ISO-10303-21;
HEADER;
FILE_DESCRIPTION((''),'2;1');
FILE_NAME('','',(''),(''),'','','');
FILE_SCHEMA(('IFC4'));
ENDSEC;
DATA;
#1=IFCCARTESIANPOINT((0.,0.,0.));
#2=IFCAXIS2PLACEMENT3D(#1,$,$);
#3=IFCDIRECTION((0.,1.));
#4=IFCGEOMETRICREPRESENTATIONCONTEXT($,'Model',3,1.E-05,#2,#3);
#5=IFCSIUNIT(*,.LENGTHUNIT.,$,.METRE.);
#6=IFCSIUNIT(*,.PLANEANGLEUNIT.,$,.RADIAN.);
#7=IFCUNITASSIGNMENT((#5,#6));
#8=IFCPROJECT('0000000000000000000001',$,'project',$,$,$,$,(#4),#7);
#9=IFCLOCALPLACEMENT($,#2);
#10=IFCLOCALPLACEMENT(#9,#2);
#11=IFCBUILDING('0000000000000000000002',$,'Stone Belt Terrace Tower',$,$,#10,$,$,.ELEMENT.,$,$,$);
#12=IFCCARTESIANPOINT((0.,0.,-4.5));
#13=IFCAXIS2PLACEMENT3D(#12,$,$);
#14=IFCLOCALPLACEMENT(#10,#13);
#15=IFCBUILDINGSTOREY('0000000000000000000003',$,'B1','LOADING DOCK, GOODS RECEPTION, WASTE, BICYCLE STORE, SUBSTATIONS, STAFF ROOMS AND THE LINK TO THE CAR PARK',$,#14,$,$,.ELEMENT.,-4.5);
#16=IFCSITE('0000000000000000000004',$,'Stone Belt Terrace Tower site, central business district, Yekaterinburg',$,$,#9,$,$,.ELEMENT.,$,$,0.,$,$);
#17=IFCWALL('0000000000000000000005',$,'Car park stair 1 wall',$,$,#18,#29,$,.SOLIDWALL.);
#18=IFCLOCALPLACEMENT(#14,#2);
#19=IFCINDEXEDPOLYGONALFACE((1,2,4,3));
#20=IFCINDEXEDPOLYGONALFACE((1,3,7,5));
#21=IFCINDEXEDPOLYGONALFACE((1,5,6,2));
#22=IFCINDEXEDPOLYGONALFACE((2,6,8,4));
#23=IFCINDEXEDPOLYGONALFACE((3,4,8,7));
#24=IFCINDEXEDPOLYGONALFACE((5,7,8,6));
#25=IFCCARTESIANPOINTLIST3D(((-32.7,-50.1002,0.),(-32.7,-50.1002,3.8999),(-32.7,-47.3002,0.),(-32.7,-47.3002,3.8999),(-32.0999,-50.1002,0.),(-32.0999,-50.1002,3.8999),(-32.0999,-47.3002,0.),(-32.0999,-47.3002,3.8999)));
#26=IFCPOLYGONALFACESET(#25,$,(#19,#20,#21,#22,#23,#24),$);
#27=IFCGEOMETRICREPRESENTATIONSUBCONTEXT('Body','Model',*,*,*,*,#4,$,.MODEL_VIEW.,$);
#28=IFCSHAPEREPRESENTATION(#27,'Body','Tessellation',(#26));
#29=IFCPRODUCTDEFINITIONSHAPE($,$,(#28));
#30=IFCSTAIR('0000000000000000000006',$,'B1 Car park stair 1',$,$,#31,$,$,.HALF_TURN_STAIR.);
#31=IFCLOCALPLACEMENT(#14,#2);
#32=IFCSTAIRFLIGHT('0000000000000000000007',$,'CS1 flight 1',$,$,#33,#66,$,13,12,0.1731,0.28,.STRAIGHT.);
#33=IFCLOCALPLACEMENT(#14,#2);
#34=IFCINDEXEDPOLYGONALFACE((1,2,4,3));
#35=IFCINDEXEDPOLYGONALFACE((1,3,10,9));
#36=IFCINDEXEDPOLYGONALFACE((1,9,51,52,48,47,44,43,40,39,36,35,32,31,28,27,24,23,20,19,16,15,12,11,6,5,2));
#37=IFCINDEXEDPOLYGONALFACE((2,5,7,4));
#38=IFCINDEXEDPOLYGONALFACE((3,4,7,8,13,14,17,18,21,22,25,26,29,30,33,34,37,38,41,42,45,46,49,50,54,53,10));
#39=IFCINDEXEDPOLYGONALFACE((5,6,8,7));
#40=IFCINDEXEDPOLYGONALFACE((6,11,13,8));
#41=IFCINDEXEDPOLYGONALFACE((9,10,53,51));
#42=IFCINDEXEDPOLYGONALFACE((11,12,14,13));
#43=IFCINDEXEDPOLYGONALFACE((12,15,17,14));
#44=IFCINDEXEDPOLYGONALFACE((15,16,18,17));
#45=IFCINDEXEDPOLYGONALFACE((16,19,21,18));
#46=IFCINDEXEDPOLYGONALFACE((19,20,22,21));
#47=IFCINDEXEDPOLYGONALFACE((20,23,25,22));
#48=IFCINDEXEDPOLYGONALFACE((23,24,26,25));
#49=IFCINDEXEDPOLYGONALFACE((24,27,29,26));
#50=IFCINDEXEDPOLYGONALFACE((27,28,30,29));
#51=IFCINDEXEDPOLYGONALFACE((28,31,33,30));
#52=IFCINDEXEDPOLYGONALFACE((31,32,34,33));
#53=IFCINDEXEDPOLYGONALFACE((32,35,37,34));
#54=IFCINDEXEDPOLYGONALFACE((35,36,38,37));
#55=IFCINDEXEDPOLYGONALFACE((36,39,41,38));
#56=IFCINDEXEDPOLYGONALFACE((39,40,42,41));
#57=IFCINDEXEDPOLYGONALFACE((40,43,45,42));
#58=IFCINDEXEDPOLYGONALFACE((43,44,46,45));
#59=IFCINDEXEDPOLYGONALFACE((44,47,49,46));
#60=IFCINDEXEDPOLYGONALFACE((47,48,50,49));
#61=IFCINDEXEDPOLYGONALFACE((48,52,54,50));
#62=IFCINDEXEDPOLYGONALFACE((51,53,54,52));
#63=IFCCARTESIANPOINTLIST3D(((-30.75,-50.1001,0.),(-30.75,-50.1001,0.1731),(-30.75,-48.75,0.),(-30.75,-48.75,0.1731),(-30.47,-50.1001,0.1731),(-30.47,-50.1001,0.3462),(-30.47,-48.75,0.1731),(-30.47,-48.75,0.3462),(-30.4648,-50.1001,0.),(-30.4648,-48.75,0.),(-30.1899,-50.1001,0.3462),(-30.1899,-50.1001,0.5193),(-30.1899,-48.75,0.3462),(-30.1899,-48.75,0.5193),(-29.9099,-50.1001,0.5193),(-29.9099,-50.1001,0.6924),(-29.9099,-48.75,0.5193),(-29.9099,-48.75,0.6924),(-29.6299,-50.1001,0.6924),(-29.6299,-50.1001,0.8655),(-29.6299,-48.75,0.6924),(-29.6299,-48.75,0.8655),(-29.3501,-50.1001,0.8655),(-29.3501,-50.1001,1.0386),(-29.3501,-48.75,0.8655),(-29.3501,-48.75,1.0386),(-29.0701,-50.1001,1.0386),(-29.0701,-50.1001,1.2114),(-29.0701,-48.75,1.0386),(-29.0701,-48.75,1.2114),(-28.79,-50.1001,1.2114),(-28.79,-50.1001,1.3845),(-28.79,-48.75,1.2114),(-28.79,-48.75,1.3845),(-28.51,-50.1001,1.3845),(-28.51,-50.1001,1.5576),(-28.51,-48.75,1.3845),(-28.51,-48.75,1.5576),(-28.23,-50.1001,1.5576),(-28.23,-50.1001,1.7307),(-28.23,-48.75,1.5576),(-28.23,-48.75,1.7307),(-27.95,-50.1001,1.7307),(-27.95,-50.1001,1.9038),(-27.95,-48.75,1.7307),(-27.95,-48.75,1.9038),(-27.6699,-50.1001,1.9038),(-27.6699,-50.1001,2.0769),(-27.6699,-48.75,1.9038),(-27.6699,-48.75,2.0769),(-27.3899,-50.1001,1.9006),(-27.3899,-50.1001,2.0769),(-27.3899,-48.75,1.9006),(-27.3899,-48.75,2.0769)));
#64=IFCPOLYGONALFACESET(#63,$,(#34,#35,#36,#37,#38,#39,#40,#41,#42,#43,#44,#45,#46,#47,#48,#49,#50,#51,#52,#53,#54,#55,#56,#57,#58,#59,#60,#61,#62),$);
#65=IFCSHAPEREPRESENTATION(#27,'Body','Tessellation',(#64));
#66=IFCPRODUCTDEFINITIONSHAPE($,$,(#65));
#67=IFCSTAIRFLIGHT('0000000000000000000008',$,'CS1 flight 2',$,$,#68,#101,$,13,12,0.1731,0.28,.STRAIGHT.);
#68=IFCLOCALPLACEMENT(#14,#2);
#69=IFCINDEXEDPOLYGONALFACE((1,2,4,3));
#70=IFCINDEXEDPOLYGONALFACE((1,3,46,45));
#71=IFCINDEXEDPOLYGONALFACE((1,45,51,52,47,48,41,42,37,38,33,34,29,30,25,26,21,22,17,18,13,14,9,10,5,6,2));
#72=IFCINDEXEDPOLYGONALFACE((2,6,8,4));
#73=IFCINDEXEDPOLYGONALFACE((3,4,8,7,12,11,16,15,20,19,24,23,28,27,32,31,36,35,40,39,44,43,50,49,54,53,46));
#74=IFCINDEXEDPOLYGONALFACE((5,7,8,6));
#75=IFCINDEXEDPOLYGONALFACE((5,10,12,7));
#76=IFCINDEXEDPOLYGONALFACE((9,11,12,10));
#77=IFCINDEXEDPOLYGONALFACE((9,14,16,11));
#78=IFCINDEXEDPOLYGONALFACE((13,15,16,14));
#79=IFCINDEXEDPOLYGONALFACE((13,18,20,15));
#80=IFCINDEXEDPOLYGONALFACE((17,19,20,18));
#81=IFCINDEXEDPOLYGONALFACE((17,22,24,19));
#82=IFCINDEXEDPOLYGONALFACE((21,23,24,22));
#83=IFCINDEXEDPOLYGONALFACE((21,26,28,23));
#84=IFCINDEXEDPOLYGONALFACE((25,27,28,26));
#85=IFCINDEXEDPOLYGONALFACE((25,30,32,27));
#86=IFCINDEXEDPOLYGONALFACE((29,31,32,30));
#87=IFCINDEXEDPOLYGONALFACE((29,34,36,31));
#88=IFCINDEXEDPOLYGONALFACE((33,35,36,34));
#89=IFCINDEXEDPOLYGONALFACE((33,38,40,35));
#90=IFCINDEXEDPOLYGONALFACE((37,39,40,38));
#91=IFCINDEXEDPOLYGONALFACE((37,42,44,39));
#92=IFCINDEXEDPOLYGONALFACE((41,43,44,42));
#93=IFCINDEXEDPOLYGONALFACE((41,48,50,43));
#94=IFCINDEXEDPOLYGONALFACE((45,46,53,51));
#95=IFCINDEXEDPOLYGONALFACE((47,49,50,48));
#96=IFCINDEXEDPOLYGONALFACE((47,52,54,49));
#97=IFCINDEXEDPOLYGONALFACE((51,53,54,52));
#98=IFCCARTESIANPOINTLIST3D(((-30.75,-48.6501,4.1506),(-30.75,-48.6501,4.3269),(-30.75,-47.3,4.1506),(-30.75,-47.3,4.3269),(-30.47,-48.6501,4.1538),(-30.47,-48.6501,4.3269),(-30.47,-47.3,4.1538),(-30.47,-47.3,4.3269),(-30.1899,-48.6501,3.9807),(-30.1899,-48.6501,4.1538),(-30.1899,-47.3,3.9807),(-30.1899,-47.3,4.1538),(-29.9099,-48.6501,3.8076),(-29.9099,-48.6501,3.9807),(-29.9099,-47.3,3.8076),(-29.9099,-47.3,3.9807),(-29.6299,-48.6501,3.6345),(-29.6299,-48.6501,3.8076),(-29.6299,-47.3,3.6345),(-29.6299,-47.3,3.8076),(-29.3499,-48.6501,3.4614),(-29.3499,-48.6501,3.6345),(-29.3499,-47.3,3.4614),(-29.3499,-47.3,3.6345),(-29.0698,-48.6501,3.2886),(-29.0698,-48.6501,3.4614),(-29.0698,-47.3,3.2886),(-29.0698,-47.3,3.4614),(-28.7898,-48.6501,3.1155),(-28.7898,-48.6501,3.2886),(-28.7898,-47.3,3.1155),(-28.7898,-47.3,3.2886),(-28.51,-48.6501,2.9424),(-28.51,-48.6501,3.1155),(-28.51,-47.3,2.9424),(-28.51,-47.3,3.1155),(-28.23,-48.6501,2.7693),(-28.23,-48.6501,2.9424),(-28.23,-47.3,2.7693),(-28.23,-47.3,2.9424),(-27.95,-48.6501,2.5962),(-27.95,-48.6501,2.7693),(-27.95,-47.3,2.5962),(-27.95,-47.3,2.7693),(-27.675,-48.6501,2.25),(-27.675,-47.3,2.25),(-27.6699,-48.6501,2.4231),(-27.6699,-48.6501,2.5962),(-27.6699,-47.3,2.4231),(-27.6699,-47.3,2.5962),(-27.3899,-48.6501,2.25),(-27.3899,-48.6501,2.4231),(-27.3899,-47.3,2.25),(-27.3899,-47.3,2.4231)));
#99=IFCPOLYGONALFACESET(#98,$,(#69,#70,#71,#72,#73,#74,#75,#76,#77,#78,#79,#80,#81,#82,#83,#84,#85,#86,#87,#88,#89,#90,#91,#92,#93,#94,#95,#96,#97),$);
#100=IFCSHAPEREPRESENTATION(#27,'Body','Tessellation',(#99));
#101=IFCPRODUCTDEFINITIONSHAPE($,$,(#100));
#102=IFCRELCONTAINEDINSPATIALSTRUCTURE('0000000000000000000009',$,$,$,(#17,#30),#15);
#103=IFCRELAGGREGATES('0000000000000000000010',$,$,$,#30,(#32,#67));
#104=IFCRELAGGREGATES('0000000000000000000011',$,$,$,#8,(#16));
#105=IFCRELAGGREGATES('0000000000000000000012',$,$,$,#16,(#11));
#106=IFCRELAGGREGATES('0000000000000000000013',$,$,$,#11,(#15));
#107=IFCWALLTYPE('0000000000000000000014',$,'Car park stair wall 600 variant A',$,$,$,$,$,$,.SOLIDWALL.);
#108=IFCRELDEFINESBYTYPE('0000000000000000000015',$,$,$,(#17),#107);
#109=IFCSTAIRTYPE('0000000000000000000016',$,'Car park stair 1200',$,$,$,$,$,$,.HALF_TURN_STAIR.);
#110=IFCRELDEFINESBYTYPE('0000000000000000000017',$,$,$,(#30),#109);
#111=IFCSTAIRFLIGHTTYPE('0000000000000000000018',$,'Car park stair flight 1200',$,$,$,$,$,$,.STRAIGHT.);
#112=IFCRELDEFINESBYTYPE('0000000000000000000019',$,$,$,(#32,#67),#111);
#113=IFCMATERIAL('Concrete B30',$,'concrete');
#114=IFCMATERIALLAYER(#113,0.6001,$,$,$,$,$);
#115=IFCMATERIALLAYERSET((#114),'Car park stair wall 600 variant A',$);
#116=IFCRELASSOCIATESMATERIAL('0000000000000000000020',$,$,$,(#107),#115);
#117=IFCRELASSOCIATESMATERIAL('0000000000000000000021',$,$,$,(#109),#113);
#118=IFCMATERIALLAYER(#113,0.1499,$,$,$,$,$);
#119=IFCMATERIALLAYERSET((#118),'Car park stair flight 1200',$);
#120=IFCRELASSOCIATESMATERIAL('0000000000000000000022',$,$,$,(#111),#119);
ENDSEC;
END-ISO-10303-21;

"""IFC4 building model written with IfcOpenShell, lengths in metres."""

from ifc_helpers import new_model, si_unit, direction, frame, frame_2d, origin, place, context, subcontext, project, spatial, polyline, rectangle, outline, extrude, material, layer, layer_set, type_object, element, aggregate, save


model = new_model("IFC4")

# Units and contexts
model_context = context("Model", 3, precision=1e-05, world=origin(), true_north=direction((0.0, 1.0)))
body_context = subcontext(model_context, "Body", "Model", "MODEL_VIEW")
ifc_project = project(units=[si_unit("LENGTHUNIT", "METRE"), si_unit("PLANEANGLEUNIT", "RADIAN")], contexts=[model_context])

# Site, building, storey
site_placement = place(None, origin())
site = spatial("IfcSite", under=ifc_project, at=site_placement, Name="Stone Belt Terrace Tower site, central business district, Yekaterinburg", CompositionType="ELEMENT", RefElevation=0.0)
building_placement = place(site_placement, origin())
building = spatial("IfcBuilding", under=site, at=building_placement, Name="Stone Belt Terrace Tower", CompositionType="ELEMENT")
storey_placement = place(building_placement, frame((0.0, 0.0, -4.5)))
storey = spatial("IfcBuildingStorey", under=building, at=storey_placement, Name="B1", Description="LOADING DOCK, GOODS RECEPTION, WASTE, BICYCLE STORE, SUBSTATIONS, STAFF ROOMS AND THE LINK TO THE CAR PARK", CompositionType="ELEMENT", Elevation=-4.5)

# Shared definitions
ifc_material_1 = material(Name="Concrete B30", Category="concrete")

# Wall
ifc_layer_1 = layer(ifc_material_1, 0.6001)
ifc_layer_set_1 = layer_set([ifc_layer_1], Name="Car park stair wall 600 variant A")
wall_type_1 = type_object("IfcWallType", Name="Car park stair wall 600 variant A", PredefinedType="SOLIDWALL", material=ifc_layer_set_1)
wall_1_placement = place(storey_placement, frame((-32.3999, -50.1001, 0.0), z_axis=(0.0, 0.0, 1.0), x_axis=(0.0, 1.0, 0.0)))
element("IfcWall", 1, at=wall_1_placement, inside=storey, type_object=wall_type_1, Name="Car park stair 1 wall", PredefinedType="SOLIDWALL", context=body_context, shape_type="SweptSolid", body=[
    extrude(rectangle(XDim=2.8, YDim=0.6001, at=frame_2d((1.3999, 0.0))), origin(), (0.0, 0.0, 1.0), 3.8999),
])

# Stair, stair flights
stair_type = type_object("IfcStairType", Name="Car park stair 1200", PredefinedType="HALF_TURN_STAIR", material=ifc_material_1)
stair_placement = place(storey_placement, origin())
stair = element("IfcStair", 2, at=stair_placement, inside=storey, type_object=stair_type, Name="B1 Car park stair 1", PredefinedType="HALF_TURN_STAIR")
ifc_layer_2 = layer(ifc_material_1, 0.1499)
ifc_layer_set_2 = layer_set([ifc_layer_2], Name="Car park stair flight 1200")
stair_flight_type = type_object("IfcStairFlightType", Name="Car park stair flight 1200", PredefinedType="STRAIGHT", material=ifc_layer_set_2)
stair_flight_1_placement = place(storey_placement, frame((-30.75, -49.425, 0.0), z_axis=(0.0, 0.0, 1.0), x_axis=(1.0, 0.0, 0.0)))
stair_flight_1 = element("IfcStairFlight", 3, at=stair_flight_1_placement, type_object=stair_flight_type, Name="CS1 flight 1", NumberOfRisers=13, NumberOfTreads=12, PredefinedType="STRAIGHT", RiserHeight=0.1731, TreadLength=0.28, context=body_context, shape_type="SweptSolid", body=[
    extrude(outline(polyline([(0.0, 0.0), (0.0, 0.1731), (0.28, 0.1731), (0.28, 0.3462), (0.5601, 0.3462), (0.5601, 0.5193), (0.8401, 0.5193), (0.8401, 0.6924), (1.1201, 0.6924), (1.1201, 0.8655), (1.3999, 0.8655), (1.3999, 1.0386), (1.6799, 1.0386), (1.6799, 1.2114), (1.96, 1.2114), (1.96, 1.3845), (2.24, 1.3845), (2.24, 1.5576), (2.52, 1.5576), (2.52, 1.7307), (2.8, 1.7307), (2.8, 1.9038), (3.0801, 1.9038), (3.0801, 2.0769), (3.3601, 2.0769), (3.3601, 2.25), (3.3601, 1.9006), (0.2852, 0.0), (0.0, 0.0)])), frame((0.0, 0.675, 0.0), z_axis=(0.0, -1.0, 0.0), x_axis=(1.0, 0.0, 0.0)), (0.0, 0.0, 1.0), 1.3501),
])
stair_flight_2_placement = place(storey_placement, frame((-27.3899, -47.9751, 2.25), z_axis=(0.0, 0.0, 1.0), x_axis=(-1.0, 0.0, 0.0)))
stair_flight_2 = element("IfcStairFlight", 4, at=stair_flight_2_placement, type_object=stair_flight_type, Name="CS1 flight 2", NumberOfRisers=13, NumberOfTreads=12, PredefinedType="STRAIGHT", RiserHeight=0.1731, TreadLength=0.28, context=body_context, shape_type="SweptSolid", body=[
    extrude(outline(polyline([(0.0, 0.0), (0.0, 0.1731), (0.28, 0.1731), (0.28, 0.3462), (0.5601, 0.3462), (0.5601, 0.5193), (0.8401, 0.5193), (0.8401, 0.6924), (1.1201, 0.6924), (1.1201, 0.8655), (1.3999, 0.8655), (1.3999, 1.0386), (1.6799, 1.0386), (1.6799, 1.2114), (1.96, 1.2114), (1.96, 1.3845), (2.24, 1.3845), (2.24, 1.5576), (2.52, 1.5576), (2.52, 1.7307), (2.8, 1.7307), (2.8, 1.9038), (3.0801, 1.9038), (3.0801, 2.0769), (3.3601, 2.0769), (3.3601, 2.25), (3.3601, 1.9006), (0.2852, 0.0), (0.0, 0.0)])), frame((0.0, 0.675, 0.0), z_axis=(0.0, -1.0, 0.0), x_axis=(1.0, 0.0, 0.0)), (0.0, 0.0, 1.0), 1.3501),
])
aggregate(stair, [stair_flight_1, stair_flight_2])

save(model, "model.ifc")
